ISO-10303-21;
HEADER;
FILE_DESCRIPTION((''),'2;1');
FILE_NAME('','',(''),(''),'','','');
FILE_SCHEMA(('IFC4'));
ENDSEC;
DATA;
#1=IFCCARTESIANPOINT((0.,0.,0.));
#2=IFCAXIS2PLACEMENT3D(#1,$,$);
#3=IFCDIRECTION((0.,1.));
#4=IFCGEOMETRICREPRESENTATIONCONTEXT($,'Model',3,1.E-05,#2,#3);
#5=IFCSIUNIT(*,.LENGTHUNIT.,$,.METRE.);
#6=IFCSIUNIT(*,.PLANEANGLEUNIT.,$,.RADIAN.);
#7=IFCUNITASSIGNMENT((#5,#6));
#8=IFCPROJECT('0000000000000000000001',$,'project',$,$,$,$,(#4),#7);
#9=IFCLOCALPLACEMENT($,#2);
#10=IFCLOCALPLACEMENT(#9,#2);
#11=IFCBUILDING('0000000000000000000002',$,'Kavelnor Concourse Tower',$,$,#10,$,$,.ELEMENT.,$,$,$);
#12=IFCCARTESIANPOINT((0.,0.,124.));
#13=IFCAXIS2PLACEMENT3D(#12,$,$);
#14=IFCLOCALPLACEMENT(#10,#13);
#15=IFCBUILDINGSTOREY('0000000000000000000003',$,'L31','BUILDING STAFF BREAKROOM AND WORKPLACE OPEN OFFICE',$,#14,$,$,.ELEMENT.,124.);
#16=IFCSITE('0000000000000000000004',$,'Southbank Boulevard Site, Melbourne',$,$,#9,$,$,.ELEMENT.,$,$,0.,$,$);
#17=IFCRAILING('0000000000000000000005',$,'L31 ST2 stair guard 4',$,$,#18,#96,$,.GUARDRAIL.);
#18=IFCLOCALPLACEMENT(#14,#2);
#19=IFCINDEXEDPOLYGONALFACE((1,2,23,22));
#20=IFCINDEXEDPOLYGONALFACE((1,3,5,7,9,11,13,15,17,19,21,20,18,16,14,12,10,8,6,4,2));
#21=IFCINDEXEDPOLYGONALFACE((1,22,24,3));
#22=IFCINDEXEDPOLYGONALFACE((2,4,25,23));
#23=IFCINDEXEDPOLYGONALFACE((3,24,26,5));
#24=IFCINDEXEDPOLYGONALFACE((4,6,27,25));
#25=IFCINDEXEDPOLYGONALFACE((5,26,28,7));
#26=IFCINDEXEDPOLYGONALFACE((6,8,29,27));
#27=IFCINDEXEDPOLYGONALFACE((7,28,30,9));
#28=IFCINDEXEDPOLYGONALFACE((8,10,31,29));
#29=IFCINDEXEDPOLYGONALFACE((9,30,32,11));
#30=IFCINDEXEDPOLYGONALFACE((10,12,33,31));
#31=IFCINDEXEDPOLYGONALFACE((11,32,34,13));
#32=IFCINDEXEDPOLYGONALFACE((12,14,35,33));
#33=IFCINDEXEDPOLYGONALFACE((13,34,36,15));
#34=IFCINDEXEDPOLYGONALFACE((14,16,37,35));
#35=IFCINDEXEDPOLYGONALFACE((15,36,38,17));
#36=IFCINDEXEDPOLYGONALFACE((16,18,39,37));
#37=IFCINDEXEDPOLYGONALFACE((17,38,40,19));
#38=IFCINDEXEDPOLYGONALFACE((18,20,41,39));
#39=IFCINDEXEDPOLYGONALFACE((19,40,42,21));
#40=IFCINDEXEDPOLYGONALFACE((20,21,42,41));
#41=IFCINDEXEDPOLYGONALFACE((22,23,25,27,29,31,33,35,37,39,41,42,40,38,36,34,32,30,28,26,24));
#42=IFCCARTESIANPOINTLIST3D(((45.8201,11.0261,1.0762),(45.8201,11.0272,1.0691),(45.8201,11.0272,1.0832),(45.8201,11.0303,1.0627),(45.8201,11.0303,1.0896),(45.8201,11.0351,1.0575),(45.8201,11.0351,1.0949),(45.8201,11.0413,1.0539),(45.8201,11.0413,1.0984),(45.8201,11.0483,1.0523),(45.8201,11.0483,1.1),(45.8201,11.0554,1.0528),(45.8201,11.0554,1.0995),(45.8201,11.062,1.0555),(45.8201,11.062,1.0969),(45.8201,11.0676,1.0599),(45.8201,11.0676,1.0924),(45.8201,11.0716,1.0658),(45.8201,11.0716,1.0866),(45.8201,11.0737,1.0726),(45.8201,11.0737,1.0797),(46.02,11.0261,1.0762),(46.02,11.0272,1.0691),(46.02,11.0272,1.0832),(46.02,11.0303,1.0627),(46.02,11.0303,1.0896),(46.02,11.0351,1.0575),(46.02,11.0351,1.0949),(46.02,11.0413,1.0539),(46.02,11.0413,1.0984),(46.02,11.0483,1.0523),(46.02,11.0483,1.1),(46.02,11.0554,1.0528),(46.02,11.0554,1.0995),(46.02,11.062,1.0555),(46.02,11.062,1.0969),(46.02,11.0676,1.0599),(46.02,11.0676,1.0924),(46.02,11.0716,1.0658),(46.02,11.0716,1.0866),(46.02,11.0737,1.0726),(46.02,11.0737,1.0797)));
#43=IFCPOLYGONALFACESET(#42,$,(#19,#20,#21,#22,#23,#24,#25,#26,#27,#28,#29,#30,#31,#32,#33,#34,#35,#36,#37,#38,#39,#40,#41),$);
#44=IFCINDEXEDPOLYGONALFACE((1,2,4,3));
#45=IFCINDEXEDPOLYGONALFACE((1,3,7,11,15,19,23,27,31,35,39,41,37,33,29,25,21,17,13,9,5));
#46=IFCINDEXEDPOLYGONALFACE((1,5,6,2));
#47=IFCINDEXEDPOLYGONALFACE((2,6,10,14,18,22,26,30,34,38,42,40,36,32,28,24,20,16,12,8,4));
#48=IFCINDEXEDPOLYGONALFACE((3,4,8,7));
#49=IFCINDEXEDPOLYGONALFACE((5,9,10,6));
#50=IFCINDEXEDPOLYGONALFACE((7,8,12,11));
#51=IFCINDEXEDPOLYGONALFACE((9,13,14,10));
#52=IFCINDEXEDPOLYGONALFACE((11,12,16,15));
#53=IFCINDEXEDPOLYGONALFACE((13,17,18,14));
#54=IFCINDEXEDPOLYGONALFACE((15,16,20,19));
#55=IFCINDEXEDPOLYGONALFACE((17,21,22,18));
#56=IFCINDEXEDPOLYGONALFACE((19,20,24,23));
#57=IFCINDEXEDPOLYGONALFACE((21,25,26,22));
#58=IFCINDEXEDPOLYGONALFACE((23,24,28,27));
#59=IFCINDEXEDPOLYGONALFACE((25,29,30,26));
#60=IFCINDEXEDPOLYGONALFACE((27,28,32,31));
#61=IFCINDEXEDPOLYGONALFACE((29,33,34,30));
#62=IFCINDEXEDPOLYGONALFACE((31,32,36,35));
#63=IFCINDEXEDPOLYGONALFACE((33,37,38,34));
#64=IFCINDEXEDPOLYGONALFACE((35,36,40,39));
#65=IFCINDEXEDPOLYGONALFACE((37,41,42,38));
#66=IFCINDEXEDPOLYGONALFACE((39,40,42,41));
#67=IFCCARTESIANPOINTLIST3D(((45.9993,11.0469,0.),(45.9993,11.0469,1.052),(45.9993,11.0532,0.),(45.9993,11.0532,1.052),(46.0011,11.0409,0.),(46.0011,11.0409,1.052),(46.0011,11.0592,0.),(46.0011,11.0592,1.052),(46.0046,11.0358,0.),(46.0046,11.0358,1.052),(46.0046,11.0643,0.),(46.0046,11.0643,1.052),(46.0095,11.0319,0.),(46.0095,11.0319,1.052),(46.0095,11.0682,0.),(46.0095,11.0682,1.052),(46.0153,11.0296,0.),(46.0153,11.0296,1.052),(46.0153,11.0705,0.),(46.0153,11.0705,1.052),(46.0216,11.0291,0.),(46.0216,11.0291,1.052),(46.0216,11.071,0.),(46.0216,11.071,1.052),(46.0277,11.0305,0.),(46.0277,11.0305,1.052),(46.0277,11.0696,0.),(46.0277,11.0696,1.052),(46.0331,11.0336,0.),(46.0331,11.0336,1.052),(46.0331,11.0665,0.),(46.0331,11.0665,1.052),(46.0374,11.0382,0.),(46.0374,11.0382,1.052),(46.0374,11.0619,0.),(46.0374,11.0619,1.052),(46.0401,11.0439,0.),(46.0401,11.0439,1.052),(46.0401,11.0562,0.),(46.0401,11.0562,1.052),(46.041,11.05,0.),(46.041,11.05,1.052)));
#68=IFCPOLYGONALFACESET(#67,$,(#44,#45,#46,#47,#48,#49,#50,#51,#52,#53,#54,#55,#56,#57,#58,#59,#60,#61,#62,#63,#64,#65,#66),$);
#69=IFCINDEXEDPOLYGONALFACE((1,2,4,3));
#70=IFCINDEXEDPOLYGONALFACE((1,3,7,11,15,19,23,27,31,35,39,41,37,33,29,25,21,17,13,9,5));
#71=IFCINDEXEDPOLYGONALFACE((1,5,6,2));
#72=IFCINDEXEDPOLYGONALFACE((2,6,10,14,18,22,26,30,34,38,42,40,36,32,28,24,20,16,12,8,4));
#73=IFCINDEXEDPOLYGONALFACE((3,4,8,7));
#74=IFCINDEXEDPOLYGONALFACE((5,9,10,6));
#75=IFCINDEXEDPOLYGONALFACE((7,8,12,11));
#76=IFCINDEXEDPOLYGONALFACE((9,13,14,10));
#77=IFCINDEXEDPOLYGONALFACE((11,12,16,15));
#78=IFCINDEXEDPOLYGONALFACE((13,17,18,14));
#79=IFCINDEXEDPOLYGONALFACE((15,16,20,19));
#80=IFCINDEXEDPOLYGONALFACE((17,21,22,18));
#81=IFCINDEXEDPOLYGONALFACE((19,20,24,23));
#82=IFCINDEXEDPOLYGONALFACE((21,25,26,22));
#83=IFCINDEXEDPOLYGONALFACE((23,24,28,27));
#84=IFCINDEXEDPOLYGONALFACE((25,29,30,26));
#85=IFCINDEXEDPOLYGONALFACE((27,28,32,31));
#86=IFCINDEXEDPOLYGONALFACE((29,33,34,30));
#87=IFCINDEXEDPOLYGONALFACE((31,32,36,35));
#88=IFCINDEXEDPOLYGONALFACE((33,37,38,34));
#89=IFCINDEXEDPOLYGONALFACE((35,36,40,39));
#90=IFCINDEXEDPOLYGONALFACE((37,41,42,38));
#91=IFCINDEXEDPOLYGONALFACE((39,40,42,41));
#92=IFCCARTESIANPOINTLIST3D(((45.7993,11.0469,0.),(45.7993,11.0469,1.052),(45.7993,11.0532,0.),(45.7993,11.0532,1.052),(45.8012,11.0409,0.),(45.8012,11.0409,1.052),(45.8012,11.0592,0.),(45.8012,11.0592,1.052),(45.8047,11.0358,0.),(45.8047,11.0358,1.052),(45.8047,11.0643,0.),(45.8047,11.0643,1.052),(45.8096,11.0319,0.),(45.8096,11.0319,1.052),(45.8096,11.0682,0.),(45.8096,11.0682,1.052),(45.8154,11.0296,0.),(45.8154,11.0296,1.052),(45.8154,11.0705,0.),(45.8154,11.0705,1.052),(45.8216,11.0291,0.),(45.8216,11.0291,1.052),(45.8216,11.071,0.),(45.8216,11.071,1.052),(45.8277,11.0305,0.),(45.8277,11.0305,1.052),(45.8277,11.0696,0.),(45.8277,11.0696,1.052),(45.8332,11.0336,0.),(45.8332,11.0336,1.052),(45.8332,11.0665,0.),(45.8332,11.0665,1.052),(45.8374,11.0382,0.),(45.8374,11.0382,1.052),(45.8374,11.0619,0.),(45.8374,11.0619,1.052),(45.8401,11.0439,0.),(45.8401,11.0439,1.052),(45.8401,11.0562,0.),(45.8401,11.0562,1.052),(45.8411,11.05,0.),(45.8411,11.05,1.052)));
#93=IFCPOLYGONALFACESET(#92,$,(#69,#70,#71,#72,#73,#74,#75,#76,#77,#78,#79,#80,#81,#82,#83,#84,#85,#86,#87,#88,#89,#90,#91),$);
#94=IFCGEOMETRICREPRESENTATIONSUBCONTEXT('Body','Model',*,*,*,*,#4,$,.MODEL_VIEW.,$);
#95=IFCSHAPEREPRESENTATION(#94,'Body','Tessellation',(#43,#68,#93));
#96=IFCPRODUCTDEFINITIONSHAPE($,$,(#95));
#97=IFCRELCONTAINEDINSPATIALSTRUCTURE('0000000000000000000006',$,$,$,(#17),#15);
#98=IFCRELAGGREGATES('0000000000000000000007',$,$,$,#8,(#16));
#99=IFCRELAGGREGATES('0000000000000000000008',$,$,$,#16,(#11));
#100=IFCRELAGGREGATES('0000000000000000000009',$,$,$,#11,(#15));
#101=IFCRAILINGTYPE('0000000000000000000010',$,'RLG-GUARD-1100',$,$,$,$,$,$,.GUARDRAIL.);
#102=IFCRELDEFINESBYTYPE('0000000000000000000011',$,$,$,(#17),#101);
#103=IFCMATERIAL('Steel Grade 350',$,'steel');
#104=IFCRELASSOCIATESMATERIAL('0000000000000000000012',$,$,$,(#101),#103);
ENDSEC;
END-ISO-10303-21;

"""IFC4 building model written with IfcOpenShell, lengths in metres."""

from ifc_helpers import new_model, si_unit, direction, frame, origin, origin_2d, place, context, subcontext, project, spatial, circle, extrude, material, type_object, element, save


model = new_model("IFC4")

# Units and contexts
model_context = context("Model", 3, precision=1e-05, world=origin(), true_north=direction((0.0, 1.0)))
body_context = subcontext(model_context, "Body", "Model", "MODEL_VIEW")
ifc_project = project(units=[si_unit("LENGTHUNIT", "METRE"), si_unit("PLANEANGLEUNIT", "RADIAN")], contexts=[model_context])

# Site, building, storey
site_placement = place(None, origin())
site = spatial("IfcSite", under=ifc_project, at=site_placement, Name="Southbank Boulevard Site, Melbourne", CompositionType="ELEMENT", RefElevation=0.0)
building_placement = place(site_placement, origin())
building = spatial("IfcBuilding", under=site, at=building_placement, Name="Kavelnor Concourse Tower", CompositionType="ELEMENT")
storey_placement = place(building_placement, frame((0.0, 0.0, 124.0)))
storey = spatial("IfcBuildingStorey", under=building, at=storey_placement, Name="L31", Description="BUILDING STAFF BREAKROOM AND WORKPLACE OPEN OFFICE", CompositionType="ELEMENT", Elevation=124.0)

# Shared definitions
ifc_material_1 = material(Name="Steel Grade 350", Category="steel")

# Railing
railing_type_1 = type_object("IfcRailingType", Name="RLG-GUARD-1100", PredefinedType="GUARDRAIL", material=ifc_material_1)
railing_1_placement = place(storey_placement, frame((46.02, 11.05, 0.0)))
element("IfcRailing", 1, at=railing_1_placement, inside=storey, type_object=railing_type_1, Name="L31 ST2 stair guard 4", PredefinedType="GUARDRAIL", context=body_context, shape_type="SweptSolid", body=[
    extrude(circle(Radius=0.0239, at=origin_2d()), frame((0.0, 0.0, 1.0762), z_axis=(-1.0, 0.0, 0.0), x_axis=(0.0, -1.0, 0.0)), (0.0, 0.0, 1.0), 0.2),
    extrude(circle(Radius=0.021, at=origin_2d()), origin(), (0.0, 0.0, 1.0), 1.052),
    extrude(circle(Radius=0.021, at=origin_2d()), frame((-0.2, 0.0, 0.0)), (0.0, 0.0, 1.0), 1.052),
])

save(model, "model.ifc")
